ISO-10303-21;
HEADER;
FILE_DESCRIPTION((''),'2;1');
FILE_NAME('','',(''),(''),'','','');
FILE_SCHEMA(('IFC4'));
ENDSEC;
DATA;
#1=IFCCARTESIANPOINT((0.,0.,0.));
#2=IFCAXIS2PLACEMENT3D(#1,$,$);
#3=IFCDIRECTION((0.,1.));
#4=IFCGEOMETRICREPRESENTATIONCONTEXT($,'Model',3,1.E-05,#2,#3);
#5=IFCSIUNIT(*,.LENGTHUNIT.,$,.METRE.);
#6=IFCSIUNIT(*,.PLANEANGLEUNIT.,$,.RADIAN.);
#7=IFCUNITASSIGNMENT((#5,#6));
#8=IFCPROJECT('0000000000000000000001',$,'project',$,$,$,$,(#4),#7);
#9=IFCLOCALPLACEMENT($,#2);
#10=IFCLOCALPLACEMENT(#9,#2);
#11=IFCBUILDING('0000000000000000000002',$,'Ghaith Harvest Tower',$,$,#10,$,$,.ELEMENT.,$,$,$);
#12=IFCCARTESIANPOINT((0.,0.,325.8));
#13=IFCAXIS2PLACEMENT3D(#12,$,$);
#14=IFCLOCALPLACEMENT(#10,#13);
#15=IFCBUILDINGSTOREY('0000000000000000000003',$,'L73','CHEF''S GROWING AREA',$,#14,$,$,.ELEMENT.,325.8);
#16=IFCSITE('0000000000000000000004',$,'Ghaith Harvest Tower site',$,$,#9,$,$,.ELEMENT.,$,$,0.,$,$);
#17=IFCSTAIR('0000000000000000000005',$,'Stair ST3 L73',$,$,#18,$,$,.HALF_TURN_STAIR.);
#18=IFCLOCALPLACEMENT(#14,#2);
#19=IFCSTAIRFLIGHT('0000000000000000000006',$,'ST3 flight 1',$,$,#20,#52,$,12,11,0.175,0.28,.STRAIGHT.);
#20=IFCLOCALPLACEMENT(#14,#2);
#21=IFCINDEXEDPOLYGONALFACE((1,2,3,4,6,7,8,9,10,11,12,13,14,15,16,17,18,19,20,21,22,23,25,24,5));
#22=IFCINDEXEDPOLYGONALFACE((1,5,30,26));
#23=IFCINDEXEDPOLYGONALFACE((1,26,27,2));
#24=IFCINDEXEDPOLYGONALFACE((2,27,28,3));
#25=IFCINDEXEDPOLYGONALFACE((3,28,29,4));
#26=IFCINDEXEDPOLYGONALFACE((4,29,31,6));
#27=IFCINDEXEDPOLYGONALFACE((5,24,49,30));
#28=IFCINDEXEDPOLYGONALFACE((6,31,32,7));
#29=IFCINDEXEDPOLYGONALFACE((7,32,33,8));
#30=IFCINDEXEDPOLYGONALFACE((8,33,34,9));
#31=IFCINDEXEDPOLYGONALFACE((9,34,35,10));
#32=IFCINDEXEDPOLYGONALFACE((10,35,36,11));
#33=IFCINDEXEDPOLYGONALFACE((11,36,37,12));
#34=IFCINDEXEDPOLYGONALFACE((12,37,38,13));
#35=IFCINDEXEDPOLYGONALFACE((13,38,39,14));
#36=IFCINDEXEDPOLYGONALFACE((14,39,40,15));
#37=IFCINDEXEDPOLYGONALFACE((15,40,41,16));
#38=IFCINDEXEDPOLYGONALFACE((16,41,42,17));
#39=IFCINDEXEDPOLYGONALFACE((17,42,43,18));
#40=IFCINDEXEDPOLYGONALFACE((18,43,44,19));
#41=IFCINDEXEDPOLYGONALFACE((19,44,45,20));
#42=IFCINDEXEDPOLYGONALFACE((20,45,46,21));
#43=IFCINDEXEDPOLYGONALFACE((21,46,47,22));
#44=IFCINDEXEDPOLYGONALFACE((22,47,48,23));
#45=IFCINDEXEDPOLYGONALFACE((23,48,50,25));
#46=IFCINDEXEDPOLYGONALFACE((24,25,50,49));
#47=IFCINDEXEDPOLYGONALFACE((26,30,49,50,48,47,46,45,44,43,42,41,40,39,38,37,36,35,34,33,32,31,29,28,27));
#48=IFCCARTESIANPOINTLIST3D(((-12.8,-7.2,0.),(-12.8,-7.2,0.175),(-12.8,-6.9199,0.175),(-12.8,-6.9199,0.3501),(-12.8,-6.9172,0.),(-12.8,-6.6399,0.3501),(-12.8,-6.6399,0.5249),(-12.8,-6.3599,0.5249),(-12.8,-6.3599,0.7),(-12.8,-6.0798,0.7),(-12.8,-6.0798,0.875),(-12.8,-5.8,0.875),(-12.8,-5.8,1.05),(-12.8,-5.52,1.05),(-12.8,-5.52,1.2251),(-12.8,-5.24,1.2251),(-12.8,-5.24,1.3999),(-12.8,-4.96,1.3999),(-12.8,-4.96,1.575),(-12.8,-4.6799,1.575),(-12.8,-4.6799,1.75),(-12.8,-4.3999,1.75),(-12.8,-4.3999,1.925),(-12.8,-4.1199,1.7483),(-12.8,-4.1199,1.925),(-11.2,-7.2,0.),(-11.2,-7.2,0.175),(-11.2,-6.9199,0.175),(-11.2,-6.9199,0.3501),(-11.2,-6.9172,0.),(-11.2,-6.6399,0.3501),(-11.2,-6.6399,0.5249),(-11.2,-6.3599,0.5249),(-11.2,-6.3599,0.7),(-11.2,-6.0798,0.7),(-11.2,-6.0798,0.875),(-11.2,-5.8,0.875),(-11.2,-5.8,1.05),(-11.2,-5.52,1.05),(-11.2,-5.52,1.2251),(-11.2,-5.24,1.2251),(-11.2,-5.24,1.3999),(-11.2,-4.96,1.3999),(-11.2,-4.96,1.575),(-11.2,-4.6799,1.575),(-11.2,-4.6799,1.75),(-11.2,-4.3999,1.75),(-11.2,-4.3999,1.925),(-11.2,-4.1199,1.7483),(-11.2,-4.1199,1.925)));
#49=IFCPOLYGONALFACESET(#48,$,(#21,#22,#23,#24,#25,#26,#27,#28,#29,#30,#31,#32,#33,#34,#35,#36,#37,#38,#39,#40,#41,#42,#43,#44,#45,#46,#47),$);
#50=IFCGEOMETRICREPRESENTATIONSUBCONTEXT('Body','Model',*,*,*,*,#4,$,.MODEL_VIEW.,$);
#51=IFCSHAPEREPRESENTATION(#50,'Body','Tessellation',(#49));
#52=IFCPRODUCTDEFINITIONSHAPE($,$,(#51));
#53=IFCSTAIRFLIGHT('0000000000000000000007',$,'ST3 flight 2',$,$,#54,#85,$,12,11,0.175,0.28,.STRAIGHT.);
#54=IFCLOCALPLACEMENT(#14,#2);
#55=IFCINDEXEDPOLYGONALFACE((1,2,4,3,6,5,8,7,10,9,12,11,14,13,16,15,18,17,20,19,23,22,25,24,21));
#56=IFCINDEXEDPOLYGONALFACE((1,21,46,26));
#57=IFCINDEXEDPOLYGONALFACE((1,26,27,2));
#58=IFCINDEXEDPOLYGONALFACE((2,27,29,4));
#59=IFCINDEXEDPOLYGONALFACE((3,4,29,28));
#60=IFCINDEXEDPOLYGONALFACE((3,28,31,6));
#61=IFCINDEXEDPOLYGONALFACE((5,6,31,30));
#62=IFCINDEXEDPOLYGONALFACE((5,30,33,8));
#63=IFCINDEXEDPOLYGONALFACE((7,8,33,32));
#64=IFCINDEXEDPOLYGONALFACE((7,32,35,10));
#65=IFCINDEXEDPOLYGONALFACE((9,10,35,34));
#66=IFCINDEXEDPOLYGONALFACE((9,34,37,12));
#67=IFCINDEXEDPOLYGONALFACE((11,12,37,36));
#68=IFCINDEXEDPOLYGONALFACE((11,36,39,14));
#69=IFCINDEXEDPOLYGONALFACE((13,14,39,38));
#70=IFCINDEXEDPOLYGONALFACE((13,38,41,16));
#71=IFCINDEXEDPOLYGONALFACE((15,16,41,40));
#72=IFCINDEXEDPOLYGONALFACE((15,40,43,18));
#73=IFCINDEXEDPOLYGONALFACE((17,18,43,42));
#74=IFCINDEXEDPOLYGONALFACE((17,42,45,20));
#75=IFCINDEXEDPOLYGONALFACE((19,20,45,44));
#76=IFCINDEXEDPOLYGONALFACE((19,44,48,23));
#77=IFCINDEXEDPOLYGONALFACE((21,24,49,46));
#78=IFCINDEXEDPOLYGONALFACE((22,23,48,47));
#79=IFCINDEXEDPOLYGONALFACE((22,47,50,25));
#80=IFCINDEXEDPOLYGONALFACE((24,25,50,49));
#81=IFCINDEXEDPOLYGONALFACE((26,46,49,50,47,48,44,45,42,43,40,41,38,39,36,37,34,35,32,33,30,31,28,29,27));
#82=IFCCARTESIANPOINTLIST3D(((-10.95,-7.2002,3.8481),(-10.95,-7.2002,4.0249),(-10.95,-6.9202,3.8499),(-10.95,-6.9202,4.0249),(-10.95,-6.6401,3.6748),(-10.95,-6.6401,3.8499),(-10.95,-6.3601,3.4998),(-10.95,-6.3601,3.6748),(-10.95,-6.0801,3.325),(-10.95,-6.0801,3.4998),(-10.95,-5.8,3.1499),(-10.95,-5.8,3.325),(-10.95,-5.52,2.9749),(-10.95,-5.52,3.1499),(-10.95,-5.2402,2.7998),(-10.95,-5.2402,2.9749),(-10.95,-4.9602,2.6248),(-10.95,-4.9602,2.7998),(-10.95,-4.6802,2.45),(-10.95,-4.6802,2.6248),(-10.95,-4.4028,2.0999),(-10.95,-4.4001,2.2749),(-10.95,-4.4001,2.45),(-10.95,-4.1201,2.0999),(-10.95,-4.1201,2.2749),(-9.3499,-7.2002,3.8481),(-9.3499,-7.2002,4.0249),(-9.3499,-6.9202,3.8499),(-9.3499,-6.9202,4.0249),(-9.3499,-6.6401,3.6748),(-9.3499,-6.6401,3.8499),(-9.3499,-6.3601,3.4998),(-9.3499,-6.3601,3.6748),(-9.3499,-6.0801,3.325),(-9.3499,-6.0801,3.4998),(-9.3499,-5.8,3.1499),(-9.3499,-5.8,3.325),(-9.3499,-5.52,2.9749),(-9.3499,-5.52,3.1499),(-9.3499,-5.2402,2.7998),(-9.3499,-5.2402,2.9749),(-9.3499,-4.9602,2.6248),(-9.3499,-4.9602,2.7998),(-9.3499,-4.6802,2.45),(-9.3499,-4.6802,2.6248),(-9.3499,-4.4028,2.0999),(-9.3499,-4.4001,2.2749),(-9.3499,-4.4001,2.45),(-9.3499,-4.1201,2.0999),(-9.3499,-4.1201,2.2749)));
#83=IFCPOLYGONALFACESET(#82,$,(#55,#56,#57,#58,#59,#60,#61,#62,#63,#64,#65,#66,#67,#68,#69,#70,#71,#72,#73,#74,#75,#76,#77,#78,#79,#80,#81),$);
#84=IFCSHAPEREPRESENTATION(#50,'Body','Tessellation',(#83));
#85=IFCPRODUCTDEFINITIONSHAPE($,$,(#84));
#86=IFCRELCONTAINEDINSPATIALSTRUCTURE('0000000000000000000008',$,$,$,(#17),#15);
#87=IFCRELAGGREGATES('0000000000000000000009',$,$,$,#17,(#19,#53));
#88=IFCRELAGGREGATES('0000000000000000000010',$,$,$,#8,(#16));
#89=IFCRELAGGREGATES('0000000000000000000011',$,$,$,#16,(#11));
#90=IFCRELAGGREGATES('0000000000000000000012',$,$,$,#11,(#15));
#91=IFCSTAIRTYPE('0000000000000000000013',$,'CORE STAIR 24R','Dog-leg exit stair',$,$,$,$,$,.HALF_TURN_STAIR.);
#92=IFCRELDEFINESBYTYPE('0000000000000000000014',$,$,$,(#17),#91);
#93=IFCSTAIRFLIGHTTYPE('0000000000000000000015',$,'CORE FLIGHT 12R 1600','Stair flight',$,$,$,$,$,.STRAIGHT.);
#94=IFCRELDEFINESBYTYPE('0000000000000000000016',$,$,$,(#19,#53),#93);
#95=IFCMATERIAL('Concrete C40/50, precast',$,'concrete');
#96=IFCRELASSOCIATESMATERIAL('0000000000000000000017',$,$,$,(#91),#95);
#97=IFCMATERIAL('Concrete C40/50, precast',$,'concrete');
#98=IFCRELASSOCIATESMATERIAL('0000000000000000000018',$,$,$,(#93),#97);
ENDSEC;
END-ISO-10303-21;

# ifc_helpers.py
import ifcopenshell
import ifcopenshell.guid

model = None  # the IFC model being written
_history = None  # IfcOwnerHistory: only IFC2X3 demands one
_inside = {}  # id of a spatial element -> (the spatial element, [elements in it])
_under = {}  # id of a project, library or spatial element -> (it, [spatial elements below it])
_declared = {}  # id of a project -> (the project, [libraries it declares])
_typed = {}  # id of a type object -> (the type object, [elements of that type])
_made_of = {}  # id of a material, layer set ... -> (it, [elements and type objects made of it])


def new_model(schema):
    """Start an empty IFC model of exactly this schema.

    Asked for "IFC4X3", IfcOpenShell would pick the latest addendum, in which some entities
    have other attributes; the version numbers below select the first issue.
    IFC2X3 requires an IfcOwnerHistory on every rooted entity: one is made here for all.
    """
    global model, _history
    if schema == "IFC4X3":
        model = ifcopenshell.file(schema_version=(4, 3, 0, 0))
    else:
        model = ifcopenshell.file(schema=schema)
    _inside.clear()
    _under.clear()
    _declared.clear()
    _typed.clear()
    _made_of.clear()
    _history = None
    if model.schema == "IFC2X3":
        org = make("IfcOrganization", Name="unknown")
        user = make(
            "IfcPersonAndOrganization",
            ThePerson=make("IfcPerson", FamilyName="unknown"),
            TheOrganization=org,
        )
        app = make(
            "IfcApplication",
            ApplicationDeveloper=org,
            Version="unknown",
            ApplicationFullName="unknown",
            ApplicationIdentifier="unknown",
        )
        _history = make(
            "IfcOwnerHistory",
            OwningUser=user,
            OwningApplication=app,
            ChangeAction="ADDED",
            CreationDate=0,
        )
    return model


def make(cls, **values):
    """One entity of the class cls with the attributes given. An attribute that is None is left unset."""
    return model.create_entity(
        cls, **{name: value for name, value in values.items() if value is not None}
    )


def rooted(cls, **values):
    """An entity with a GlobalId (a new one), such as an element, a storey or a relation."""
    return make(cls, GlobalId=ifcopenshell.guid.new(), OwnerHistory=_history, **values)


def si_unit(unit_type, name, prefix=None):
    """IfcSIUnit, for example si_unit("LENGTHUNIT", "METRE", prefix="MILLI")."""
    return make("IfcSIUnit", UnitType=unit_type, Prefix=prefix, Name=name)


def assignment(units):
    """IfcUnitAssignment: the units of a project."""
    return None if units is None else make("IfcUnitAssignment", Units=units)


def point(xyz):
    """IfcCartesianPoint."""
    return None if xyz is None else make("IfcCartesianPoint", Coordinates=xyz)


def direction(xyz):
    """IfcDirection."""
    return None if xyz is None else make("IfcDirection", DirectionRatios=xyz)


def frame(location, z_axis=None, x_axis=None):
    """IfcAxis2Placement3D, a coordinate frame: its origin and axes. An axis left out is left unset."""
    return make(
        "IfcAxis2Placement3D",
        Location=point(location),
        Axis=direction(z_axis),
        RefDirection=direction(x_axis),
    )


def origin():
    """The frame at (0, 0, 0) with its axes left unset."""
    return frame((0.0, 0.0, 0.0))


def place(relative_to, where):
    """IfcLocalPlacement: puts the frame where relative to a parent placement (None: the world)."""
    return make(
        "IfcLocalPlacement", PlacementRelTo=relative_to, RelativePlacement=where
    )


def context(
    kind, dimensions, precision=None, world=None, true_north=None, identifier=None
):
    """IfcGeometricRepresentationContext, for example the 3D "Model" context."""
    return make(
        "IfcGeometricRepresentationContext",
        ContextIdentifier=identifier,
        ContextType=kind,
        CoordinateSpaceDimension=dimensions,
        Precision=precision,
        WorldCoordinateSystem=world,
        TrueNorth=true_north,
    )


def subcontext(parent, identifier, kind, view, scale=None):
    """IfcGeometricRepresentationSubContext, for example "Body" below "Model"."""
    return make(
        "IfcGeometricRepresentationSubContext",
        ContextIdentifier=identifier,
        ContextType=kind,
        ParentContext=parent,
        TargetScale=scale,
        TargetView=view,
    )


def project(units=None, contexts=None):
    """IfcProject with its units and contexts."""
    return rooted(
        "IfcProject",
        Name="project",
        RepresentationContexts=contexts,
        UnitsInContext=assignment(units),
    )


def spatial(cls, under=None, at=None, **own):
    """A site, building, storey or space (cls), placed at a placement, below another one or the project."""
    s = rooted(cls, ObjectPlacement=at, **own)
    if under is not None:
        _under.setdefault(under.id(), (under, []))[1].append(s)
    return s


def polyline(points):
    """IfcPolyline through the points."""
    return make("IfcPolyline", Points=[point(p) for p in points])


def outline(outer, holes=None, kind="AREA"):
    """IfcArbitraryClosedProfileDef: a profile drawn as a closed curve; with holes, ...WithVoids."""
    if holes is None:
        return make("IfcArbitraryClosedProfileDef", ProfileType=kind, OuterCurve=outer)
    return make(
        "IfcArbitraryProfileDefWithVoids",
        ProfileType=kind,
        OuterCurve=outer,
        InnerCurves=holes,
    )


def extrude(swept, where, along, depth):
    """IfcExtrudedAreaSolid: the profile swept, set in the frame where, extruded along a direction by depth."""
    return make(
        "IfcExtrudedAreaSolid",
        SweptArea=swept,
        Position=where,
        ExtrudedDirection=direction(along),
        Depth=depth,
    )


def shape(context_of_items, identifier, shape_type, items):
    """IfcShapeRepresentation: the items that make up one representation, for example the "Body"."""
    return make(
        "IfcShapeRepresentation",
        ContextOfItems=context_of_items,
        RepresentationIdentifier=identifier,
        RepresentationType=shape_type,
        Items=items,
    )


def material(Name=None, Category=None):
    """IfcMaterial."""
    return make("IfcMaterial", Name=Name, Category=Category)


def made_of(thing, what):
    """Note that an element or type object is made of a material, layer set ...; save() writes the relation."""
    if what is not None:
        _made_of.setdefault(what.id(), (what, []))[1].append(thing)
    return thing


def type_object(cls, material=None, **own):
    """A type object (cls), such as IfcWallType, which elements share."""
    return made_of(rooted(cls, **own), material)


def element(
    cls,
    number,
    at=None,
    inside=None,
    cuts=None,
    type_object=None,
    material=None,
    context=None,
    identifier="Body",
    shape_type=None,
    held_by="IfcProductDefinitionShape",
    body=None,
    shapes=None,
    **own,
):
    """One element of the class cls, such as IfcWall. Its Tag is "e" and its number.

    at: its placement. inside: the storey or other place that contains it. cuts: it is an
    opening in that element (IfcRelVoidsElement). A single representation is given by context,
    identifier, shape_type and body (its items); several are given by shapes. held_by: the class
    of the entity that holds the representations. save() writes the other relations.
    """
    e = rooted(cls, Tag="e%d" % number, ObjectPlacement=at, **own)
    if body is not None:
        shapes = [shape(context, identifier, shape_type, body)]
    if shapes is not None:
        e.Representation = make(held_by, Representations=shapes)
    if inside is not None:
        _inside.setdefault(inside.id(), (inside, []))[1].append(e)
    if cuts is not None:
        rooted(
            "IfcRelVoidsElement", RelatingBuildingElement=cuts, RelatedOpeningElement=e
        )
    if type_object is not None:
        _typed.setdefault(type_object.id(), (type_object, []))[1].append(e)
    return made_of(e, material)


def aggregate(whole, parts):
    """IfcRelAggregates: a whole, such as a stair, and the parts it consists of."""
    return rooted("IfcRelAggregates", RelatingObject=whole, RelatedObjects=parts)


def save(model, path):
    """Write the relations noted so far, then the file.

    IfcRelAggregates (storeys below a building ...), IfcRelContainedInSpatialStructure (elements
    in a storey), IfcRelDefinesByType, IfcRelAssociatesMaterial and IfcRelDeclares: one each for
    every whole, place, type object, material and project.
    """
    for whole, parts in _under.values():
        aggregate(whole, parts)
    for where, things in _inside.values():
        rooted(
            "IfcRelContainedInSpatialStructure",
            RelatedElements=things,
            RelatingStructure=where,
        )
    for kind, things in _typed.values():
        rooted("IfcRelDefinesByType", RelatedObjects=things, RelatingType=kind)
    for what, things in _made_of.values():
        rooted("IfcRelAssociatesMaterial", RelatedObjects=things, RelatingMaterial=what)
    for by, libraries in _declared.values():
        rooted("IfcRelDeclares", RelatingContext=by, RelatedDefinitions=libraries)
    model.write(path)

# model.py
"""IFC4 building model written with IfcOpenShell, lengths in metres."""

from ifc_helpers import new_model, si_unit, direction, frame, origin, place, context, subcontext, project, spatial, polyline, outline, extrude, material, type_object, element, aggregate, save


model = new_model("IFC4")

# Units and contexts
model_context = context("Model", 3, precision=1e-05, world=origin(), true_north=direction((0.0, 1.0)))
body_context = subcontext(model_context, "Body", "Model", "MODEL_VIEW")
ifc_project = project(units=[si_unit("LENGTHUNIT", "METRE"), si_unit("PLANEANGLEUNIT", "RADIAN")], contexts=[model_context])

# Site, building, storey
site_placement = place(None, origin())
site = spatial("IfcSite", under=ifc_project, at=site_placement, Name="Ghaith Harvest Tower site", CompositionType="ELEMENT", RefElevation=0.0)
building_placement = place(site_placement, origin())
building = spatial("IfcBuilding", under=site, at=building_placement, Name="Ghaith Harvest Tower", CompositionType="ELEMENT")
storey_placement = place(building_placement, frame((0.0, 0.0, 325.8)))
storey = spatial("IfcBuildingStorey", under=building, at=storey_placement, Name="L73", Description="CHEF'S GROWING AREA", CompositionType="ELEMENT", Elevation=325.8)

# Stair, stair flights
ifc_material_1 = material(Name="Concrete C40/50, precast", Category="concrete")
stair_type = type_object("IfcStairType", Name="CORE STAIR 24R", Description="Dog-leg exit stair", PredefinedType="HALF_TURN_STAIR", material=ifc_material_1)
stair_placement = place(storey_placement, origin())
stair = element("IfcStair", 1, at=stair_placement, inside=storey, type_object=stair_type, Name="Stair ST3 L73", PredefinedType="HALF_TURN_STAIR")
ifc_material_2 = material(Name="Concrete C40/50, precast", Category="concrete")
stair_flight_type = type_object("IfcStairFlightType", Name="CORE FLIGHT 12R 1600", Description="Stair flight", PredefinedType="STRAIGHT", material=ifc_material_2)
stair_flight_1_placement = place(storey_placement, frame((-12.0, -7.2, 0.0), z_axis=(0.0, 0.0, 1.0), x_axis=(0.0, 1.0, 0.0)))
stair_flight_1 = element("IfcStairFlight", 2, at=stair_flight_1_placement, type_object=stair_flight_type, Name="ST3 flight 1", NumberOfRisers=12, NumberOfTreads=11, PredefinedType="STRAIGHT", RiserHeight=0.175, TreadLength=0.28, context=body_context, shape_type="SweptSolid", body=[
    extrude(outline(polyline([(0.0, 0.0), (0.0, 0.175), (0.28, 0.175), (0.28, 0.3501), (0.5601, 0.3501), (0.5601, 0.5249), (0.8401, 0.5249), (0.8401, 0.7), (1.1201, 0.7), (1.1201, 0.875), (1.3999, 0.875), (1.3999, 1.05), (1.6799, 1.05), (1.6799, 1.2251), (1.96, 1.2251), (1.96, 1.3999), (2.24, 1.3999), (2.24, 1.575), (2.52, 1.575), (2.52, 1.75), (2.8, 1.75), (2.8, 1.925), (3.0801, 1.925), (3.0801, 2.1001), (3.0801, 1.7483), (0.2827, 0.0), (0.0, 0.0)])), frame((0.0, 0.8, 0.0), z_axis=(0.0, -1.0, 0.0), x_axis=(1.0, 0.0, 0.0)), (0.0, 0.0, 1.0), 1.6001),
])
stair_flight_2_placement = place(storey_placement, frame((-10.1499, -4.1201, 2.0999), z_axis=(0.0, 0.0, 1.0), x_axis=(0.0, -1.0, 0.0)))
stair_flight_2 = element("IfcStairFlight", 3, at=stair_flight_2_placement, type_object=stair_flight_type, Name="ST3 flight 2", NumberOfRisers=12, NumberOfTreads=11, PredefinedType="STRAIGHT", RiserHeight=0.175, TreadLength=0.28, context=body_context, shape_type="SweptSolid", body=[
    extrude(outline(polyline([(0.0, 0.0), (0.0, 0.175), (0.28, 0.175), (0.28, 0.3501), (0.5601, 0.3501), (0.5601, 0.5249), (0.8401, 0.5249), (0.8401, 0.7), (1.1201, 0.7), (1.1201, 0.875), (1.3999, 0.875), (1.3999, 1.05), (1.6799, 1.05), (1.6799, 1.2251), (1.96, 1.2251), (1.96, 1.3999), (2.24, 1.3999), (2.24, 1.575), (2.52, 1.575), (2.52, 1.75), (2.8, 1.75), (2.8, 1.925), (3.0801, 1.925), (3.0801, 2.1001), (3.0801, 1.7483), (0.2827, 0.0), (0.0, 0.0)])), frame((0.0, 0.8, 0.0), z_axis=(0.0, -1.0, 0.0), x_axis=(1.0, 0.0, 0.0)), (0.0, 0.0, 1.0), 1.6001),
])
aggregate(stair, [stair_flight_1, stair_flight_2])

save(model, "model.ifc")
